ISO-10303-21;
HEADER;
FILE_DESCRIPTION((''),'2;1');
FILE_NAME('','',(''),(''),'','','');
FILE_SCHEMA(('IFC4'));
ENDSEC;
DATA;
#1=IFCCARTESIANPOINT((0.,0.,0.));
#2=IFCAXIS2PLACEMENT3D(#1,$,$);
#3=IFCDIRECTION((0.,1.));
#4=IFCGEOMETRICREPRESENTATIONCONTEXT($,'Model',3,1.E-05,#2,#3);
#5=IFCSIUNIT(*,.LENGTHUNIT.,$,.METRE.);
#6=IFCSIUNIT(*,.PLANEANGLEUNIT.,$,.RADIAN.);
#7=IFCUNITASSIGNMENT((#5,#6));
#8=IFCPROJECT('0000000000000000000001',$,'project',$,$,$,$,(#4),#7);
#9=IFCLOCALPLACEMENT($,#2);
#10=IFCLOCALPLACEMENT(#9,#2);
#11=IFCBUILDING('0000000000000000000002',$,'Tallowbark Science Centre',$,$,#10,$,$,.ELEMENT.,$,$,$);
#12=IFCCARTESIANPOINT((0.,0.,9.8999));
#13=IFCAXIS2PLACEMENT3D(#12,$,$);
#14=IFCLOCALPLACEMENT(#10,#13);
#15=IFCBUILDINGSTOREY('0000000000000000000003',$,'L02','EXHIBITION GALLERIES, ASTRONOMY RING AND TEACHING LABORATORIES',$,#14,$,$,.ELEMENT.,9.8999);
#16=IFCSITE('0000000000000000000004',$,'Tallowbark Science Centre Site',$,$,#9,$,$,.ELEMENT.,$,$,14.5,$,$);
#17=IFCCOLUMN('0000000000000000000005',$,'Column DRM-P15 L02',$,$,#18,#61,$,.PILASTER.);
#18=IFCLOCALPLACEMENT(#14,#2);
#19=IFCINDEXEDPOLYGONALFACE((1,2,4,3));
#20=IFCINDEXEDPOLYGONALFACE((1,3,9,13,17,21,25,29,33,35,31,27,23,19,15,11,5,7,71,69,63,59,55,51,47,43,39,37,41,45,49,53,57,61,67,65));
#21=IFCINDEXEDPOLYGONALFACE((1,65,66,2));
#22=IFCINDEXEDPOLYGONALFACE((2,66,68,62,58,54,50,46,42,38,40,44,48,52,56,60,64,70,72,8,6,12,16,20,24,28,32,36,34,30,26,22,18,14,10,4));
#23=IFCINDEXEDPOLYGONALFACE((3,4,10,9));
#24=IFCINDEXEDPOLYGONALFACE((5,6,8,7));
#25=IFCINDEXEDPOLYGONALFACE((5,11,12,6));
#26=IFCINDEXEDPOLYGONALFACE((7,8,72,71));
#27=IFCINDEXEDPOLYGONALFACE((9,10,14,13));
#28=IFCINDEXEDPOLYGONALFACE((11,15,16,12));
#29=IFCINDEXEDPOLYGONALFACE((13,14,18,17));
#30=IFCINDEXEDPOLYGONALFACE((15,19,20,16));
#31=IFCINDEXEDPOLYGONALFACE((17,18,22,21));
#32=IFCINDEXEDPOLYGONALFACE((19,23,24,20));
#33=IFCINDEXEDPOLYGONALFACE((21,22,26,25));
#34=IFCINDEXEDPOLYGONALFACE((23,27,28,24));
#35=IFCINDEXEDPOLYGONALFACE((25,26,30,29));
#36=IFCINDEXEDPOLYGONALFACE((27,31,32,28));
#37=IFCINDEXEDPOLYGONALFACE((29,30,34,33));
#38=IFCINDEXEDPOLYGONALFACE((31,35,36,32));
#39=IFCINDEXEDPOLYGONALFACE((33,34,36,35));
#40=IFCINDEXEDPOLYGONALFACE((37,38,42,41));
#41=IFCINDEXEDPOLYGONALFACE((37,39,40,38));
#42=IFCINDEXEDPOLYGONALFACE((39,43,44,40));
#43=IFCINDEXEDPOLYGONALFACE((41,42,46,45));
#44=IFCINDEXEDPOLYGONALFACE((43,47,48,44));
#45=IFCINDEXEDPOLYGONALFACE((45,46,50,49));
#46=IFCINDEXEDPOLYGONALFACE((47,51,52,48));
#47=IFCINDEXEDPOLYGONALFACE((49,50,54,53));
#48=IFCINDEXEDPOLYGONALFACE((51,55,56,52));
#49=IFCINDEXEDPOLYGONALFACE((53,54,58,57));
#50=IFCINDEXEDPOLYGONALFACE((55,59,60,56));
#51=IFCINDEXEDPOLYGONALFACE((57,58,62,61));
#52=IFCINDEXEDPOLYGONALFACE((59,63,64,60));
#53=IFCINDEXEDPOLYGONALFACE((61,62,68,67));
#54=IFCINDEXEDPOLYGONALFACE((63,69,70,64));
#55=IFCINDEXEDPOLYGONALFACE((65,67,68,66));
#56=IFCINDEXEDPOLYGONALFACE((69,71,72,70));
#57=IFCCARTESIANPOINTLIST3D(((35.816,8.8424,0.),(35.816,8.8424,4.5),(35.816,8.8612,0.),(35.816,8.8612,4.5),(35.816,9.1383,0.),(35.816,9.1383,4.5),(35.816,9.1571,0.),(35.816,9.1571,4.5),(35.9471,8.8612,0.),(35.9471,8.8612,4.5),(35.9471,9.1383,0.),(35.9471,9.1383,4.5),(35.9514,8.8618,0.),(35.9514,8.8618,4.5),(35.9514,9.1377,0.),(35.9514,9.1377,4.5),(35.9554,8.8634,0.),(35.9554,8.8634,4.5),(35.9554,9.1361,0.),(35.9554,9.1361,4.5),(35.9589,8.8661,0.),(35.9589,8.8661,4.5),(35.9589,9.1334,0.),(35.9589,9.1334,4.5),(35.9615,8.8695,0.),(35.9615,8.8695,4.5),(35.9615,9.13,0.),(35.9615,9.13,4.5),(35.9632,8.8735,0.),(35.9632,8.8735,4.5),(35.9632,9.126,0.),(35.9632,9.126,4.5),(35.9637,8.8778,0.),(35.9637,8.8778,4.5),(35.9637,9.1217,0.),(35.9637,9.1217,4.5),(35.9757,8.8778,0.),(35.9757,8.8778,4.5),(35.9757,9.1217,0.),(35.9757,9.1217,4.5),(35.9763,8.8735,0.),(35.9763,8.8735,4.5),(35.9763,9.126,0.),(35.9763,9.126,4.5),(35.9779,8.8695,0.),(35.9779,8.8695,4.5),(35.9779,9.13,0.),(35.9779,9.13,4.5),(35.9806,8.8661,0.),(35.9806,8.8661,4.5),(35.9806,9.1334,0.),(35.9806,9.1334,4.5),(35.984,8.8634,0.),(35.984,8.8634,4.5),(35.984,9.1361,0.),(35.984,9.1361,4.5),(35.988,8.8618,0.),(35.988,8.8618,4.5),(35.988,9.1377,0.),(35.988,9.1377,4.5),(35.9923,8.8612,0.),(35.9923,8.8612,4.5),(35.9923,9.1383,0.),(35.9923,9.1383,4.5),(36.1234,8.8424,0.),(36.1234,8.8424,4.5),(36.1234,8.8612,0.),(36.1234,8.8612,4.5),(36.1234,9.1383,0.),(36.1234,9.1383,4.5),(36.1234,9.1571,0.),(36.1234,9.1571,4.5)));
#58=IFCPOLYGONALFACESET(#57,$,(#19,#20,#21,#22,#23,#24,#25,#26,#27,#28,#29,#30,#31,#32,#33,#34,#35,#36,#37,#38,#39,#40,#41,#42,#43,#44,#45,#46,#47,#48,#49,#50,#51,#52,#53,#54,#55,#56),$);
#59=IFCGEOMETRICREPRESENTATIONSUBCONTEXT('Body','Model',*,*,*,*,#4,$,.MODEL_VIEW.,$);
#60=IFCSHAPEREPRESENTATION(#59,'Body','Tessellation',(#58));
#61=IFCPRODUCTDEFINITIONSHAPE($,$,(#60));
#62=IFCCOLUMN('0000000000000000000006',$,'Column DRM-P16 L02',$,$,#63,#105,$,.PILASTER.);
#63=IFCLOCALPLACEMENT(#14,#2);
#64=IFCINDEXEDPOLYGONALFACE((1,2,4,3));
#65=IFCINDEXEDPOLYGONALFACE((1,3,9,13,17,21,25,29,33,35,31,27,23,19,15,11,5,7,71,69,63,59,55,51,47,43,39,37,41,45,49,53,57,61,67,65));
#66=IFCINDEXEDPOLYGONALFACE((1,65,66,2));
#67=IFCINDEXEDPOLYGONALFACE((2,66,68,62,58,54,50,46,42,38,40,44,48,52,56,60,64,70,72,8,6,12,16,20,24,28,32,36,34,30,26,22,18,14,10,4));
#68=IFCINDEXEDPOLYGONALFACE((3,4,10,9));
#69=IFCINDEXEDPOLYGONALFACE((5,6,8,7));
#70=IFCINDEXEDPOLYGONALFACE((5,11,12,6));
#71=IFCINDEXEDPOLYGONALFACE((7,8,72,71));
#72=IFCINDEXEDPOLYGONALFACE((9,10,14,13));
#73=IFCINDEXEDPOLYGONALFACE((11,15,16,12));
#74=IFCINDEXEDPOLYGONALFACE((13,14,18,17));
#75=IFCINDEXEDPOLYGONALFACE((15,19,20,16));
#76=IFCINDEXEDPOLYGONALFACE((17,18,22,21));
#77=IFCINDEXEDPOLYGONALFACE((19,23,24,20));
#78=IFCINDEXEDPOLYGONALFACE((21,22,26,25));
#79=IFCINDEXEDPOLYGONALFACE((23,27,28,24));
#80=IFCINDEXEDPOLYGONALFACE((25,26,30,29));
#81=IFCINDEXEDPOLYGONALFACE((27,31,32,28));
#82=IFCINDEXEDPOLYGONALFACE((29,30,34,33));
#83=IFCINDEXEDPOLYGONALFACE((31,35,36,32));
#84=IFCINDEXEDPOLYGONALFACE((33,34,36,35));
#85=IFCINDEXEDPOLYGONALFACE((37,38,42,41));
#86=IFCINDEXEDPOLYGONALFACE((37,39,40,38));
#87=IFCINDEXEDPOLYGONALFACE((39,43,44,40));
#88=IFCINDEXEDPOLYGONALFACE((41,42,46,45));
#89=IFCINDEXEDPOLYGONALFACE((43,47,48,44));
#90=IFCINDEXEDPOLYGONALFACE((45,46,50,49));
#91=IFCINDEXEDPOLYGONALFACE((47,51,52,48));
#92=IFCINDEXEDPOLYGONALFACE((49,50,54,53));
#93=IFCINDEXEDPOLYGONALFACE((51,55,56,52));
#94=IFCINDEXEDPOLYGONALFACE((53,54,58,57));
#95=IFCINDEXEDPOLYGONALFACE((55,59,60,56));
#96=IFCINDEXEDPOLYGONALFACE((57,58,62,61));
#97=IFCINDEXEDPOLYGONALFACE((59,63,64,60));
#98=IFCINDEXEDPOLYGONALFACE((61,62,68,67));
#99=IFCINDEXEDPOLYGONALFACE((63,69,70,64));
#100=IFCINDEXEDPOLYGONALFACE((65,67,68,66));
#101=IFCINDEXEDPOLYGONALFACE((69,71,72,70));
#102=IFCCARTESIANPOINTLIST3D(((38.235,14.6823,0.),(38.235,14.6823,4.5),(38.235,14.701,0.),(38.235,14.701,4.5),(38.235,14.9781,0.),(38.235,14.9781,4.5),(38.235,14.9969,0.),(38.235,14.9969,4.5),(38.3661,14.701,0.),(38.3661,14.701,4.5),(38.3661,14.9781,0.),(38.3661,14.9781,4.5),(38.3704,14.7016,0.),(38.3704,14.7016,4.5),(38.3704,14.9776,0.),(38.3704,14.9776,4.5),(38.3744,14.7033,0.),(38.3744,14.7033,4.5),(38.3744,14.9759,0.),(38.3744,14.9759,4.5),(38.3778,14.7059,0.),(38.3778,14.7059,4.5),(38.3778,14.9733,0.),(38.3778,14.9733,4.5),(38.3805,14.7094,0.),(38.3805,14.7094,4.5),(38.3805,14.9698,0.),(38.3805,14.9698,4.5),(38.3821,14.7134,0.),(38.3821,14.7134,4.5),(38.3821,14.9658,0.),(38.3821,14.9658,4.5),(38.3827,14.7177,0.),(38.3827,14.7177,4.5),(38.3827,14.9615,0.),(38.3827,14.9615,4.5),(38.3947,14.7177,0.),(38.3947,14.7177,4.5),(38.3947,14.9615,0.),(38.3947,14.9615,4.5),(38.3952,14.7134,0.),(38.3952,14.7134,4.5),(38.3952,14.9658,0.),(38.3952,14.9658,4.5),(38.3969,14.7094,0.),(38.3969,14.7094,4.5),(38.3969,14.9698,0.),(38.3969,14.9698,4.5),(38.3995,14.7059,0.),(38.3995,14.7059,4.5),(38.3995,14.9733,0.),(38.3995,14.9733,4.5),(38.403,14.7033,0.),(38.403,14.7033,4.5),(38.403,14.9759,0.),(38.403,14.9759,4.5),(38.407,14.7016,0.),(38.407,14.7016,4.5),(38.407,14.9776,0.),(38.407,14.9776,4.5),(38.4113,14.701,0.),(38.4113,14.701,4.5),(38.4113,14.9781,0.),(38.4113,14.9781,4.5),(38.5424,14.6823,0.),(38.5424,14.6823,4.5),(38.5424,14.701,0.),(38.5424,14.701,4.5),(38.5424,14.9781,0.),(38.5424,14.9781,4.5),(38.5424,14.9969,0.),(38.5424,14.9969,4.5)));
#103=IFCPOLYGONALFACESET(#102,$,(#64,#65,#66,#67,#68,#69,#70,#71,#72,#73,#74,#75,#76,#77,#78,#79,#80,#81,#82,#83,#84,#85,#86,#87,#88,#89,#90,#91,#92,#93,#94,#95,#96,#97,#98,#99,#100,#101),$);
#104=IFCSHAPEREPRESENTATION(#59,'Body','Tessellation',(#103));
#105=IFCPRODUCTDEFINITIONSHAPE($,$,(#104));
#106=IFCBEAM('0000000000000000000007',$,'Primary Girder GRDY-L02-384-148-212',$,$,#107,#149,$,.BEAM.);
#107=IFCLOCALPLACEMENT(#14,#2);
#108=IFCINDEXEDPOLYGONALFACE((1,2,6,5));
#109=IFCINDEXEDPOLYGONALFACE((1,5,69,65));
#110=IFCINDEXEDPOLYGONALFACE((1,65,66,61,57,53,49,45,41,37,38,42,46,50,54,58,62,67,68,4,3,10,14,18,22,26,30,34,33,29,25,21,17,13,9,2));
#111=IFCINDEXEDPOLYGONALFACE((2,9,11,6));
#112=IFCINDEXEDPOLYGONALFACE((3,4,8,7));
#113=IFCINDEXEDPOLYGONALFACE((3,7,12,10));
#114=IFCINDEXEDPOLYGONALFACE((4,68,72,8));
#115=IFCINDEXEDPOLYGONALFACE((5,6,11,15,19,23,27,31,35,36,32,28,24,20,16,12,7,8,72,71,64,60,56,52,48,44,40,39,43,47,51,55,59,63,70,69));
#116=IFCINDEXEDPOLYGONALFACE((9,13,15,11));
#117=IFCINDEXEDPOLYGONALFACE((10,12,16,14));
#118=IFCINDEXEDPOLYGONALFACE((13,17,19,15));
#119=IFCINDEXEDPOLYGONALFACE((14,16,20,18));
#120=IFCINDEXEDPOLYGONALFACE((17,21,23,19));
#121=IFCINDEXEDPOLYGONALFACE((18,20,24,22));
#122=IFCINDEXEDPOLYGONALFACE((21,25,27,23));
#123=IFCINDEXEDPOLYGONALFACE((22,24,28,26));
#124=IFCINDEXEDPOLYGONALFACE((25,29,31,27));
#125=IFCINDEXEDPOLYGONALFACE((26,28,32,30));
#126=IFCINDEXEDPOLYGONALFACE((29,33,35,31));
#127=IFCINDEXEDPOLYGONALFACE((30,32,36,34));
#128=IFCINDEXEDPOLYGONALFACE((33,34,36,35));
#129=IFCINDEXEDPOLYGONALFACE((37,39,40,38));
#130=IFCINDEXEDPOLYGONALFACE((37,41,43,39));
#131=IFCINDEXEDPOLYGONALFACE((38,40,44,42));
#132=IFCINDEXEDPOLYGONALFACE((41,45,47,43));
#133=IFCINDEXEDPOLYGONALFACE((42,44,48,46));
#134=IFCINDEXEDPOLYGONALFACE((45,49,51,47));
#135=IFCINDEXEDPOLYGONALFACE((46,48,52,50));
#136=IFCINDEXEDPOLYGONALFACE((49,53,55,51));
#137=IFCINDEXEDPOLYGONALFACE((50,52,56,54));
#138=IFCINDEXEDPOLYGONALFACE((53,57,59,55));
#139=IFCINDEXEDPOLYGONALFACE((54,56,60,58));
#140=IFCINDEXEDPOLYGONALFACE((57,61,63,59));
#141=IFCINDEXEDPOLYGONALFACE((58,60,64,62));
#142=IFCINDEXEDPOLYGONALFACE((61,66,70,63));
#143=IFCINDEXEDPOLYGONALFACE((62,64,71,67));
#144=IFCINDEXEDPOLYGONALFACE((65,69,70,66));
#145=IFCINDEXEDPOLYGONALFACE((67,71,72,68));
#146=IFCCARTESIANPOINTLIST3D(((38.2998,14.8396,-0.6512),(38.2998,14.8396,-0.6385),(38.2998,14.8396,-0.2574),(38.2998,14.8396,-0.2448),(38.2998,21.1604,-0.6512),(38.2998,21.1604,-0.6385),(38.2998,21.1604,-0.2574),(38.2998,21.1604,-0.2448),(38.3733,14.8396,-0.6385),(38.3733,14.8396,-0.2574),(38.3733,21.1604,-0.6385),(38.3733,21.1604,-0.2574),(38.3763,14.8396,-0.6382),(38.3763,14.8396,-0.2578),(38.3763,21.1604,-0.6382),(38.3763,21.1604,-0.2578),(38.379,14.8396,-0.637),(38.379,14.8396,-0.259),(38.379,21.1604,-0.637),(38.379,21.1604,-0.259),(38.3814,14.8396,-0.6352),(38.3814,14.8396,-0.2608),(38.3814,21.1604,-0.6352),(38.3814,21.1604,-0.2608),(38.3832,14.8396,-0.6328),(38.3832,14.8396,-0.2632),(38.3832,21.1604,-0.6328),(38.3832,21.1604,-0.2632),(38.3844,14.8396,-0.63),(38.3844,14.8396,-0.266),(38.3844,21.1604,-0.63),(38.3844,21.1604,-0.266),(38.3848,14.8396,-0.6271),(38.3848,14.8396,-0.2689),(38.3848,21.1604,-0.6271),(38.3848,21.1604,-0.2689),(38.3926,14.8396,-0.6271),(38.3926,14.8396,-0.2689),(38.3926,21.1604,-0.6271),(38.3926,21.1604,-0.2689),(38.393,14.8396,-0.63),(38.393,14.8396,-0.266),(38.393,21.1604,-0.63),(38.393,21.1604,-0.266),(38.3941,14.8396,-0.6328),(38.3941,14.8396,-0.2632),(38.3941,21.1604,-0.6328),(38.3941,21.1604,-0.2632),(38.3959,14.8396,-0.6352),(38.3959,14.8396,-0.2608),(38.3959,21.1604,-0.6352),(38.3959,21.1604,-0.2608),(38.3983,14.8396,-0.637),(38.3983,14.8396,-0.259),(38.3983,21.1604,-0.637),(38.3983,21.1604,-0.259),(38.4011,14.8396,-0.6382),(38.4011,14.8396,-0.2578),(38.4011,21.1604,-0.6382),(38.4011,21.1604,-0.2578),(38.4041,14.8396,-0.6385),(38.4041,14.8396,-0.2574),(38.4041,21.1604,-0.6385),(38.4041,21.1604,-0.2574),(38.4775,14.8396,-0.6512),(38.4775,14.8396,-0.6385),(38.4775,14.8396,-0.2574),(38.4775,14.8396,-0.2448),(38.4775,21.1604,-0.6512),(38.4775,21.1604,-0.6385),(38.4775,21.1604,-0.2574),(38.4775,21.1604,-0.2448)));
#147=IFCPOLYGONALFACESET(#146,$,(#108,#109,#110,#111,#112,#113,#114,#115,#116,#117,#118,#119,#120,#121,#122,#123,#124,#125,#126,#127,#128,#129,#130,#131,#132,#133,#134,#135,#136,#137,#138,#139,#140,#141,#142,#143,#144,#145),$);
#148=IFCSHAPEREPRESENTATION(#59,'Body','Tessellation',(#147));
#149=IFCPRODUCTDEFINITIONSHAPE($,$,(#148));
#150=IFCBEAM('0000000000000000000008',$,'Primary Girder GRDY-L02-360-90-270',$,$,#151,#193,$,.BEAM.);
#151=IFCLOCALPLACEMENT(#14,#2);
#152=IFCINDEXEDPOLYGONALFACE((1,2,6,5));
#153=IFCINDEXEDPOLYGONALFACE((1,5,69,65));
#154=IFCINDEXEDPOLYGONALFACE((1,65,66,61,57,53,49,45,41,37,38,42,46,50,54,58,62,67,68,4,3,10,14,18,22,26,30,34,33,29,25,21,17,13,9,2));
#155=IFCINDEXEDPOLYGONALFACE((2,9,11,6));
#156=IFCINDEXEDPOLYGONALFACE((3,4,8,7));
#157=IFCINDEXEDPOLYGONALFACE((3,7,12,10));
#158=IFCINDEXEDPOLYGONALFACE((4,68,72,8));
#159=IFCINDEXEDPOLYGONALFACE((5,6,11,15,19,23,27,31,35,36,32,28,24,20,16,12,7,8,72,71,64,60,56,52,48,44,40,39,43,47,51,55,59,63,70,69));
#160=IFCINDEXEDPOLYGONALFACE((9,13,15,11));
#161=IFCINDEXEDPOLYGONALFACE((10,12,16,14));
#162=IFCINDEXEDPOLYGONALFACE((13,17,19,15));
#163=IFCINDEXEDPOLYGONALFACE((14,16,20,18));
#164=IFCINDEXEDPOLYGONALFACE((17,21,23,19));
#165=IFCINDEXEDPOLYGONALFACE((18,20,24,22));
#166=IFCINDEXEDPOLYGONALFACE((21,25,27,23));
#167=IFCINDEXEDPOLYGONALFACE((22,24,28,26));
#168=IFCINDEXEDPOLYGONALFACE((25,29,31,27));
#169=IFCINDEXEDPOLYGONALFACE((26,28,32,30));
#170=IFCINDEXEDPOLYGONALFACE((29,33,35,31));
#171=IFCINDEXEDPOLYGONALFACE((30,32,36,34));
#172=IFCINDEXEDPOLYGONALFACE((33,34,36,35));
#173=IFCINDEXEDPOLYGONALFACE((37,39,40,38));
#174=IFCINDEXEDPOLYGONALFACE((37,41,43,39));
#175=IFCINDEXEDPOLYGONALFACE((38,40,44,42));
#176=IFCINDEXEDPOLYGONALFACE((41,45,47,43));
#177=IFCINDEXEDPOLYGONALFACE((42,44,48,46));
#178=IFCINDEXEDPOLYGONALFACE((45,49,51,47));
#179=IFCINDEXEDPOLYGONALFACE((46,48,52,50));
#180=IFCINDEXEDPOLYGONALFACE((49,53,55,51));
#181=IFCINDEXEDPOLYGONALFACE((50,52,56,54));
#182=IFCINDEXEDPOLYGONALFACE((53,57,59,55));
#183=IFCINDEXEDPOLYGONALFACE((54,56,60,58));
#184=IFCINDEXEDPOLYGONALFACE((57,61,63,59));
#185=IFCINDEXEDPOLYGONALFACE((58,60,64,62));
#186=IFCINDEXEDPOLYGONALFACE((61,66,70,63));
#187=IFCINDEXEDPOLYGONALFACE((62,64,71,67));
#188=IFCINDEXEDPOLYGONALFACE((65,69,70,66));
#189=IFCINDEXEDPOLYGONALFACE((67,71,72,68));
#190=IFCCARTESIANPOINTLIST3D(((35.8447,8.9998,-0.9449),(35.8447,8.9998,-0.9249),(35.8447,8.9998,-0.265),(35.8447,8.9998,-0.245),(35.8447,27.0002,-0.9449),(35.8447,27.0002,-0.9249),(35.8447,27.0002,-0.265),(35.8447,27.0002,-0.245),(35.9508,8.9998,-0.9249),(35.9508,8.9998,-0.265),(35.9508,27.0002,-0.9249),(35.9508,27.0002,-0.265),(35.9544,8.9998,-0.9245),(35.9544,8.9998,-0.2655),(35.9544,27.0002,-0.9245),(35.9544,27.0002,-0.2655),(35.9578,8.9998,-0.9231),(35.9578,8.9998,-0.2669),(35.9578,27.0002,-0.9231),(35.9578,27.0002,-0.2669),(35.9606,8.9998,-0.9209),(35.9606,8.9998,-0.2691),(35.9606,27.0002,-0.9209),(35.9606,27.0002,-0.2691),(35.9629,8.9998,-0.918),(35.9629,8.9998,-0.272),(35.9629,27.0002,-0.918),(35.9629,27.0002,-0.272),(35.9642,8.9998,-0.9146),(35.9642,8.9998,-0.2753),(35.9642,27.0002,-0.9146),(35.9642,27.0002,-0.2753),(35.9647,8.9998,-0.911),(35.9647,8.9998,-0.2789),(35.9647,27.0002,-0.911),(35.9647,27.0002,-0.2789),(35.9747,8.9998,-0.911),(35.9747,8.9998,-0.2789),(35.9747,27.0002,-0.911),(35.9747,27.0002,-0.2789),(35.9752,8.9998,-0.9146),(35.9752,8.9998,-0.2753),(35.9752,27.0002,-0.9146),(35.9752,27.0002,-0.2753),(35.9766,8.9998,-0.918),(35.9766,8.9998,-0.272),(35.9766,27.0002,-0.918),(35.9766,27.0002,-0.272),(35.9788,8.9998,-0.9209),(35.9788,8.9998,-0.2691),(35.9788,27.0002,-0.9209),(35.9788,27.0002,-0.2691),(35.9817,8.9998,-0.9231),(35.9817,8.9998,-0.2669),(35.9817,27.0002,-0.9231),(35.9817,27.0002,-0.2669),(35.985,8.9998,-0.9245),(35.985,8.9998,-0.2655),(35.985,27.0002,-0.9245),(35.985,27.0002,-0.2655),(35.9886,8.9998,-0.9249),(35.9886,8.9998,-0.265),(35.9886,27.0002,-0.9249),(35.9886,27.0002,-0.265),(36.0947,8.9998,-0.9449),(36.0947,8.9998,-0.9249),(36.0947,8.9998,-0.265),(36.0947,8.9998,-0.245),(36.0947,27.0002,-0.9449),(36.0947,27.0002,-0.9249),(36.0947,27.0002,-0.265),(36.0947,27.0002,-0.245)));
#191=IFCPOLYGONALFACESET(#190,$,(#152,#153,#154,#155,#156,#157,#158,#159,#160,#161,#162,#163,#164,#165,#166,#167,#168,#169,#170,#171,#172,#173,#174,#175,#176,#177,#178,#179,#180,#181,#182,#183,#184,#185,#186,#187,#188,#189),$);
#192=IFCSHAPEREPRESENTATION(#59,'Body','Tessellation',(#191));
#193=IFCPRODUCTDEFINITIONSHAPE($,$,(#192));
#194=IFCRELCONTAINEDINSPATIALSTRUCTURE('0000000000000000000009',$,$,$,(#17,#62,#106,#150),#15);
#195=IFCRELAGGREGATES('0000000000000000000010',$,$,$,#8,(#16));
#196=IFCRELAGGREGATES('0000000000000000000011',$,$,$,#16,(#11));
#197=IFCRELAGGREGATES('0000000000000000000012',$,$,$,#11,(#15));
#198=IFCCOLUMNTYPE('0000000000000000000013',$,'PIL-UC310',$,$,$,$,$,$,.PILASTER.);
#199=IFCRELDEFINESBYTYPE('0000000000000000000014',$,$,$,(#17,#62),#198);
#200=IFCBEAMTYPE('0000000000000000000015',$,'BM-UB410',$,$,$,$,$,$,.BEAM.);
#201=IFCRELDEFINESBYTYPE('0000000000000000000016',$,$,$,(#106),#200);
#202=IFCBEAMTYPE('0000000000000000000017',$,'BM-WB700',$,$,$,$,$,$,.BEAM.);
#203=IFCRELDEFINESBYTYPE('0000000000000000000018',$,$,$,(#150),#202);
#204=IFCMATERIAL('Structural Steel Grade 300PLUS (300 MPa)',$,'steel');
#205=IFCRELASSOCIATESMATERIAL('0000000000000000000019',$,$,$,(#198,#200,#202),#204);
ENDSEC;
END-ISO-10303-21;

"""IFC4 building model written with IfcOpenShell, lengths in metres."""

from ifc_helpers import new_model, si_unit, direction, frame, origin, origin_2d, place, context, subcontext, project, spatial, i_section, extrude, material, material_profile, profile_set, type_object, element, save


model = new_model("IFC4")

# Units and contexts
model_context = context("Model", 3, precision=1e-05, world=origin(), true_north=direction((0.0, 1.0)))
body_context = subcontext(model_context, "Body", "Model", "MODEL_VIEW")
ifc_project = project(units=[si_unit("LENGTHUNIT", "METRE"), si_unit("PLANEANGLEUNIT", "RADIAN")], contexts=[model_context])

# Site, building, storey
site_placement = place(None, origin())
site = spatial("IfcSite", under=ifc_project, at=site_placement, Name="Tallowbark Science Centre Site", CompositionType="ELEMENT", RefElevation=14.5)
building_placement = place(site_placement, origin())
building = spatial("IfcBuilding", under=site, at=building_placement, Name="Tallowbark Science Centre", CompositionType="ELEMENT")
storey_placement = place(building_placement, frame((0.0, 0.0, 9.8999)))
storey = spatial("IfcBuildingStorey", under=building, at=storey_placement, Name="L02", Description="EXHIBITION GALLERIES, ASTRONOMY RING AND TEACHING LABORATORIES", CompositionType="ELEMENT", Elevation=9.8999)

# Columns
ifc_material_1 = material(Name="Structural Steel Grade 300PLUS (300 MPa)", Category="steel")
ifc_material_profile_1 = material_profile(ifc_material_1, i_section(OverallWidth=0.3074, OverallDepth=0.3147, WebThickness=0.012, FlangeThickness=0.0188, FilletRadius=0.0166, at=origin_2d()), Name="310UC118")
ifc_profile_set_1 = profile_set([ifc_material_profile_1], Name="Structural Steel Grade 300PLUS (300 MPa)")
column_type_1 = type_object("IfcColumnType", Name="PIL-UC310", PredefinedType="PILASTER", material=ifc_profile_set_1)
for number, where, z_axis, x_axis, name in (
    (1, (35.9697, 8.9998, 0.0), (0.0, 0.0, 1.0), (1.0, 0.0, 0.0), "Column DRM-P15 L02"),
    (2, (38.3887, 14.8396, 0.0), (0.0, 0.0, 1.0), (1.0, 0.0, 0.0), "Column DRM-P16 L02"),
):
    element("IfcColumn", number, at=place(storey_placement, frame(where, z_axis=z_axis, x_axis=x_axis)), inside=storey, type_object=column_type_1, Name=name, PredefinedType="PILASTER", context=body_context, shape_type="SweptSolid", body=[
        extrude(i_section(OverallWidth=0.3074, OverallDepth=0.3147, WebThickness=0.012, FlangeThickness=0.0188, FilletRadius=0.0166, at=origin_2d()), origin(), (0.0, 0.0, 1.0), 4.5),
    ])

# Beams
ifc_material_profile_2 = material_profile(ifc_material_1, i_section(OverallWidth=0.1777, OverallDepth=0.4065, WebThickness=0.0078, FlangeThickness=0.0127, FilletRadius=0.0115, at=origin_2d()), Name="410UB59.7")
ifc_profile_set_2 = profile_set([ifc_material_profile_2], Name="Structural Steel Grade 300PLUS (300 MPa)")
beam_type_1 = type_object("IfcBeamType", Name="BM-UB410", PredefinedType="BEAM", material=ifc_profile_set_2)
beam_1_placement = place(storey_placement, frame((38.3887, 14.8396, -0.448), z_axis=(0.0, 1.0, 0.0), x_axis=(-1.0, 0.0, 0.0)))
element("IfcBeam", 3, at=beam_1_placement, inside=storey, type_object=beam_type_1, Name="Primary Girder GRDY-L02-384-148-212", PredefinedType="BEAM", context=body_context, shape_type="SweptSolid", body=[
    extrude(i_section(OverallWidth=0.1777, OverallDepth=0.4065, WebThickness=0.0078, FlangeThickness=0.0127, FilletRadius=0.0115, at=origin_2d()), origin(), (0.0, 0.0, 1.0), 6.3208),
])
ifc_material_profile_3 = material_profile(ifc_material_1, i_section(OverallWidth=0.25, OverallDepth=0.7, WebThickness=0.01, FlangeThickness=0.02, FilletRadius=0.0139, at=origin_2d()), Name="700WB130")
ifc_profile_set_3 = profile_set([ifc_material_profile_3], Name="Structural Steel Grade 300PLUS (300 MPa)")
beam_type_2 = type_object("IfcBeamType", Name="BM-WB700", PredefinedType="BEAM", material=ifc_profile_set_3)
beam_2_placement = place(storey_placement, frame((35.9697, 8.9998, -0.595), z_axis=(0.0, 1.0, 0.0), x_axis=(-1.0, 0.0, 0.0)))
element("IfcBeam", 4, at=beam_2_placement, inside=storey, type_object=beam_type_2, Name="Primary Girder GRDY-L02-360-90-270", PredefinedType="BEAM", context=body_context, shape_type="SweptSolid", body=[
    extrude(i_section(OverallWidth=0.25, OverallDepth=0.7, WebThickness=0.01, FlangeThickness=0.02, FilletRadius=0.0139, at=origin_2d()), origin(), (0.0, 0.0, 1.0), 18.0005),
])

save(model, "model.ifc")
